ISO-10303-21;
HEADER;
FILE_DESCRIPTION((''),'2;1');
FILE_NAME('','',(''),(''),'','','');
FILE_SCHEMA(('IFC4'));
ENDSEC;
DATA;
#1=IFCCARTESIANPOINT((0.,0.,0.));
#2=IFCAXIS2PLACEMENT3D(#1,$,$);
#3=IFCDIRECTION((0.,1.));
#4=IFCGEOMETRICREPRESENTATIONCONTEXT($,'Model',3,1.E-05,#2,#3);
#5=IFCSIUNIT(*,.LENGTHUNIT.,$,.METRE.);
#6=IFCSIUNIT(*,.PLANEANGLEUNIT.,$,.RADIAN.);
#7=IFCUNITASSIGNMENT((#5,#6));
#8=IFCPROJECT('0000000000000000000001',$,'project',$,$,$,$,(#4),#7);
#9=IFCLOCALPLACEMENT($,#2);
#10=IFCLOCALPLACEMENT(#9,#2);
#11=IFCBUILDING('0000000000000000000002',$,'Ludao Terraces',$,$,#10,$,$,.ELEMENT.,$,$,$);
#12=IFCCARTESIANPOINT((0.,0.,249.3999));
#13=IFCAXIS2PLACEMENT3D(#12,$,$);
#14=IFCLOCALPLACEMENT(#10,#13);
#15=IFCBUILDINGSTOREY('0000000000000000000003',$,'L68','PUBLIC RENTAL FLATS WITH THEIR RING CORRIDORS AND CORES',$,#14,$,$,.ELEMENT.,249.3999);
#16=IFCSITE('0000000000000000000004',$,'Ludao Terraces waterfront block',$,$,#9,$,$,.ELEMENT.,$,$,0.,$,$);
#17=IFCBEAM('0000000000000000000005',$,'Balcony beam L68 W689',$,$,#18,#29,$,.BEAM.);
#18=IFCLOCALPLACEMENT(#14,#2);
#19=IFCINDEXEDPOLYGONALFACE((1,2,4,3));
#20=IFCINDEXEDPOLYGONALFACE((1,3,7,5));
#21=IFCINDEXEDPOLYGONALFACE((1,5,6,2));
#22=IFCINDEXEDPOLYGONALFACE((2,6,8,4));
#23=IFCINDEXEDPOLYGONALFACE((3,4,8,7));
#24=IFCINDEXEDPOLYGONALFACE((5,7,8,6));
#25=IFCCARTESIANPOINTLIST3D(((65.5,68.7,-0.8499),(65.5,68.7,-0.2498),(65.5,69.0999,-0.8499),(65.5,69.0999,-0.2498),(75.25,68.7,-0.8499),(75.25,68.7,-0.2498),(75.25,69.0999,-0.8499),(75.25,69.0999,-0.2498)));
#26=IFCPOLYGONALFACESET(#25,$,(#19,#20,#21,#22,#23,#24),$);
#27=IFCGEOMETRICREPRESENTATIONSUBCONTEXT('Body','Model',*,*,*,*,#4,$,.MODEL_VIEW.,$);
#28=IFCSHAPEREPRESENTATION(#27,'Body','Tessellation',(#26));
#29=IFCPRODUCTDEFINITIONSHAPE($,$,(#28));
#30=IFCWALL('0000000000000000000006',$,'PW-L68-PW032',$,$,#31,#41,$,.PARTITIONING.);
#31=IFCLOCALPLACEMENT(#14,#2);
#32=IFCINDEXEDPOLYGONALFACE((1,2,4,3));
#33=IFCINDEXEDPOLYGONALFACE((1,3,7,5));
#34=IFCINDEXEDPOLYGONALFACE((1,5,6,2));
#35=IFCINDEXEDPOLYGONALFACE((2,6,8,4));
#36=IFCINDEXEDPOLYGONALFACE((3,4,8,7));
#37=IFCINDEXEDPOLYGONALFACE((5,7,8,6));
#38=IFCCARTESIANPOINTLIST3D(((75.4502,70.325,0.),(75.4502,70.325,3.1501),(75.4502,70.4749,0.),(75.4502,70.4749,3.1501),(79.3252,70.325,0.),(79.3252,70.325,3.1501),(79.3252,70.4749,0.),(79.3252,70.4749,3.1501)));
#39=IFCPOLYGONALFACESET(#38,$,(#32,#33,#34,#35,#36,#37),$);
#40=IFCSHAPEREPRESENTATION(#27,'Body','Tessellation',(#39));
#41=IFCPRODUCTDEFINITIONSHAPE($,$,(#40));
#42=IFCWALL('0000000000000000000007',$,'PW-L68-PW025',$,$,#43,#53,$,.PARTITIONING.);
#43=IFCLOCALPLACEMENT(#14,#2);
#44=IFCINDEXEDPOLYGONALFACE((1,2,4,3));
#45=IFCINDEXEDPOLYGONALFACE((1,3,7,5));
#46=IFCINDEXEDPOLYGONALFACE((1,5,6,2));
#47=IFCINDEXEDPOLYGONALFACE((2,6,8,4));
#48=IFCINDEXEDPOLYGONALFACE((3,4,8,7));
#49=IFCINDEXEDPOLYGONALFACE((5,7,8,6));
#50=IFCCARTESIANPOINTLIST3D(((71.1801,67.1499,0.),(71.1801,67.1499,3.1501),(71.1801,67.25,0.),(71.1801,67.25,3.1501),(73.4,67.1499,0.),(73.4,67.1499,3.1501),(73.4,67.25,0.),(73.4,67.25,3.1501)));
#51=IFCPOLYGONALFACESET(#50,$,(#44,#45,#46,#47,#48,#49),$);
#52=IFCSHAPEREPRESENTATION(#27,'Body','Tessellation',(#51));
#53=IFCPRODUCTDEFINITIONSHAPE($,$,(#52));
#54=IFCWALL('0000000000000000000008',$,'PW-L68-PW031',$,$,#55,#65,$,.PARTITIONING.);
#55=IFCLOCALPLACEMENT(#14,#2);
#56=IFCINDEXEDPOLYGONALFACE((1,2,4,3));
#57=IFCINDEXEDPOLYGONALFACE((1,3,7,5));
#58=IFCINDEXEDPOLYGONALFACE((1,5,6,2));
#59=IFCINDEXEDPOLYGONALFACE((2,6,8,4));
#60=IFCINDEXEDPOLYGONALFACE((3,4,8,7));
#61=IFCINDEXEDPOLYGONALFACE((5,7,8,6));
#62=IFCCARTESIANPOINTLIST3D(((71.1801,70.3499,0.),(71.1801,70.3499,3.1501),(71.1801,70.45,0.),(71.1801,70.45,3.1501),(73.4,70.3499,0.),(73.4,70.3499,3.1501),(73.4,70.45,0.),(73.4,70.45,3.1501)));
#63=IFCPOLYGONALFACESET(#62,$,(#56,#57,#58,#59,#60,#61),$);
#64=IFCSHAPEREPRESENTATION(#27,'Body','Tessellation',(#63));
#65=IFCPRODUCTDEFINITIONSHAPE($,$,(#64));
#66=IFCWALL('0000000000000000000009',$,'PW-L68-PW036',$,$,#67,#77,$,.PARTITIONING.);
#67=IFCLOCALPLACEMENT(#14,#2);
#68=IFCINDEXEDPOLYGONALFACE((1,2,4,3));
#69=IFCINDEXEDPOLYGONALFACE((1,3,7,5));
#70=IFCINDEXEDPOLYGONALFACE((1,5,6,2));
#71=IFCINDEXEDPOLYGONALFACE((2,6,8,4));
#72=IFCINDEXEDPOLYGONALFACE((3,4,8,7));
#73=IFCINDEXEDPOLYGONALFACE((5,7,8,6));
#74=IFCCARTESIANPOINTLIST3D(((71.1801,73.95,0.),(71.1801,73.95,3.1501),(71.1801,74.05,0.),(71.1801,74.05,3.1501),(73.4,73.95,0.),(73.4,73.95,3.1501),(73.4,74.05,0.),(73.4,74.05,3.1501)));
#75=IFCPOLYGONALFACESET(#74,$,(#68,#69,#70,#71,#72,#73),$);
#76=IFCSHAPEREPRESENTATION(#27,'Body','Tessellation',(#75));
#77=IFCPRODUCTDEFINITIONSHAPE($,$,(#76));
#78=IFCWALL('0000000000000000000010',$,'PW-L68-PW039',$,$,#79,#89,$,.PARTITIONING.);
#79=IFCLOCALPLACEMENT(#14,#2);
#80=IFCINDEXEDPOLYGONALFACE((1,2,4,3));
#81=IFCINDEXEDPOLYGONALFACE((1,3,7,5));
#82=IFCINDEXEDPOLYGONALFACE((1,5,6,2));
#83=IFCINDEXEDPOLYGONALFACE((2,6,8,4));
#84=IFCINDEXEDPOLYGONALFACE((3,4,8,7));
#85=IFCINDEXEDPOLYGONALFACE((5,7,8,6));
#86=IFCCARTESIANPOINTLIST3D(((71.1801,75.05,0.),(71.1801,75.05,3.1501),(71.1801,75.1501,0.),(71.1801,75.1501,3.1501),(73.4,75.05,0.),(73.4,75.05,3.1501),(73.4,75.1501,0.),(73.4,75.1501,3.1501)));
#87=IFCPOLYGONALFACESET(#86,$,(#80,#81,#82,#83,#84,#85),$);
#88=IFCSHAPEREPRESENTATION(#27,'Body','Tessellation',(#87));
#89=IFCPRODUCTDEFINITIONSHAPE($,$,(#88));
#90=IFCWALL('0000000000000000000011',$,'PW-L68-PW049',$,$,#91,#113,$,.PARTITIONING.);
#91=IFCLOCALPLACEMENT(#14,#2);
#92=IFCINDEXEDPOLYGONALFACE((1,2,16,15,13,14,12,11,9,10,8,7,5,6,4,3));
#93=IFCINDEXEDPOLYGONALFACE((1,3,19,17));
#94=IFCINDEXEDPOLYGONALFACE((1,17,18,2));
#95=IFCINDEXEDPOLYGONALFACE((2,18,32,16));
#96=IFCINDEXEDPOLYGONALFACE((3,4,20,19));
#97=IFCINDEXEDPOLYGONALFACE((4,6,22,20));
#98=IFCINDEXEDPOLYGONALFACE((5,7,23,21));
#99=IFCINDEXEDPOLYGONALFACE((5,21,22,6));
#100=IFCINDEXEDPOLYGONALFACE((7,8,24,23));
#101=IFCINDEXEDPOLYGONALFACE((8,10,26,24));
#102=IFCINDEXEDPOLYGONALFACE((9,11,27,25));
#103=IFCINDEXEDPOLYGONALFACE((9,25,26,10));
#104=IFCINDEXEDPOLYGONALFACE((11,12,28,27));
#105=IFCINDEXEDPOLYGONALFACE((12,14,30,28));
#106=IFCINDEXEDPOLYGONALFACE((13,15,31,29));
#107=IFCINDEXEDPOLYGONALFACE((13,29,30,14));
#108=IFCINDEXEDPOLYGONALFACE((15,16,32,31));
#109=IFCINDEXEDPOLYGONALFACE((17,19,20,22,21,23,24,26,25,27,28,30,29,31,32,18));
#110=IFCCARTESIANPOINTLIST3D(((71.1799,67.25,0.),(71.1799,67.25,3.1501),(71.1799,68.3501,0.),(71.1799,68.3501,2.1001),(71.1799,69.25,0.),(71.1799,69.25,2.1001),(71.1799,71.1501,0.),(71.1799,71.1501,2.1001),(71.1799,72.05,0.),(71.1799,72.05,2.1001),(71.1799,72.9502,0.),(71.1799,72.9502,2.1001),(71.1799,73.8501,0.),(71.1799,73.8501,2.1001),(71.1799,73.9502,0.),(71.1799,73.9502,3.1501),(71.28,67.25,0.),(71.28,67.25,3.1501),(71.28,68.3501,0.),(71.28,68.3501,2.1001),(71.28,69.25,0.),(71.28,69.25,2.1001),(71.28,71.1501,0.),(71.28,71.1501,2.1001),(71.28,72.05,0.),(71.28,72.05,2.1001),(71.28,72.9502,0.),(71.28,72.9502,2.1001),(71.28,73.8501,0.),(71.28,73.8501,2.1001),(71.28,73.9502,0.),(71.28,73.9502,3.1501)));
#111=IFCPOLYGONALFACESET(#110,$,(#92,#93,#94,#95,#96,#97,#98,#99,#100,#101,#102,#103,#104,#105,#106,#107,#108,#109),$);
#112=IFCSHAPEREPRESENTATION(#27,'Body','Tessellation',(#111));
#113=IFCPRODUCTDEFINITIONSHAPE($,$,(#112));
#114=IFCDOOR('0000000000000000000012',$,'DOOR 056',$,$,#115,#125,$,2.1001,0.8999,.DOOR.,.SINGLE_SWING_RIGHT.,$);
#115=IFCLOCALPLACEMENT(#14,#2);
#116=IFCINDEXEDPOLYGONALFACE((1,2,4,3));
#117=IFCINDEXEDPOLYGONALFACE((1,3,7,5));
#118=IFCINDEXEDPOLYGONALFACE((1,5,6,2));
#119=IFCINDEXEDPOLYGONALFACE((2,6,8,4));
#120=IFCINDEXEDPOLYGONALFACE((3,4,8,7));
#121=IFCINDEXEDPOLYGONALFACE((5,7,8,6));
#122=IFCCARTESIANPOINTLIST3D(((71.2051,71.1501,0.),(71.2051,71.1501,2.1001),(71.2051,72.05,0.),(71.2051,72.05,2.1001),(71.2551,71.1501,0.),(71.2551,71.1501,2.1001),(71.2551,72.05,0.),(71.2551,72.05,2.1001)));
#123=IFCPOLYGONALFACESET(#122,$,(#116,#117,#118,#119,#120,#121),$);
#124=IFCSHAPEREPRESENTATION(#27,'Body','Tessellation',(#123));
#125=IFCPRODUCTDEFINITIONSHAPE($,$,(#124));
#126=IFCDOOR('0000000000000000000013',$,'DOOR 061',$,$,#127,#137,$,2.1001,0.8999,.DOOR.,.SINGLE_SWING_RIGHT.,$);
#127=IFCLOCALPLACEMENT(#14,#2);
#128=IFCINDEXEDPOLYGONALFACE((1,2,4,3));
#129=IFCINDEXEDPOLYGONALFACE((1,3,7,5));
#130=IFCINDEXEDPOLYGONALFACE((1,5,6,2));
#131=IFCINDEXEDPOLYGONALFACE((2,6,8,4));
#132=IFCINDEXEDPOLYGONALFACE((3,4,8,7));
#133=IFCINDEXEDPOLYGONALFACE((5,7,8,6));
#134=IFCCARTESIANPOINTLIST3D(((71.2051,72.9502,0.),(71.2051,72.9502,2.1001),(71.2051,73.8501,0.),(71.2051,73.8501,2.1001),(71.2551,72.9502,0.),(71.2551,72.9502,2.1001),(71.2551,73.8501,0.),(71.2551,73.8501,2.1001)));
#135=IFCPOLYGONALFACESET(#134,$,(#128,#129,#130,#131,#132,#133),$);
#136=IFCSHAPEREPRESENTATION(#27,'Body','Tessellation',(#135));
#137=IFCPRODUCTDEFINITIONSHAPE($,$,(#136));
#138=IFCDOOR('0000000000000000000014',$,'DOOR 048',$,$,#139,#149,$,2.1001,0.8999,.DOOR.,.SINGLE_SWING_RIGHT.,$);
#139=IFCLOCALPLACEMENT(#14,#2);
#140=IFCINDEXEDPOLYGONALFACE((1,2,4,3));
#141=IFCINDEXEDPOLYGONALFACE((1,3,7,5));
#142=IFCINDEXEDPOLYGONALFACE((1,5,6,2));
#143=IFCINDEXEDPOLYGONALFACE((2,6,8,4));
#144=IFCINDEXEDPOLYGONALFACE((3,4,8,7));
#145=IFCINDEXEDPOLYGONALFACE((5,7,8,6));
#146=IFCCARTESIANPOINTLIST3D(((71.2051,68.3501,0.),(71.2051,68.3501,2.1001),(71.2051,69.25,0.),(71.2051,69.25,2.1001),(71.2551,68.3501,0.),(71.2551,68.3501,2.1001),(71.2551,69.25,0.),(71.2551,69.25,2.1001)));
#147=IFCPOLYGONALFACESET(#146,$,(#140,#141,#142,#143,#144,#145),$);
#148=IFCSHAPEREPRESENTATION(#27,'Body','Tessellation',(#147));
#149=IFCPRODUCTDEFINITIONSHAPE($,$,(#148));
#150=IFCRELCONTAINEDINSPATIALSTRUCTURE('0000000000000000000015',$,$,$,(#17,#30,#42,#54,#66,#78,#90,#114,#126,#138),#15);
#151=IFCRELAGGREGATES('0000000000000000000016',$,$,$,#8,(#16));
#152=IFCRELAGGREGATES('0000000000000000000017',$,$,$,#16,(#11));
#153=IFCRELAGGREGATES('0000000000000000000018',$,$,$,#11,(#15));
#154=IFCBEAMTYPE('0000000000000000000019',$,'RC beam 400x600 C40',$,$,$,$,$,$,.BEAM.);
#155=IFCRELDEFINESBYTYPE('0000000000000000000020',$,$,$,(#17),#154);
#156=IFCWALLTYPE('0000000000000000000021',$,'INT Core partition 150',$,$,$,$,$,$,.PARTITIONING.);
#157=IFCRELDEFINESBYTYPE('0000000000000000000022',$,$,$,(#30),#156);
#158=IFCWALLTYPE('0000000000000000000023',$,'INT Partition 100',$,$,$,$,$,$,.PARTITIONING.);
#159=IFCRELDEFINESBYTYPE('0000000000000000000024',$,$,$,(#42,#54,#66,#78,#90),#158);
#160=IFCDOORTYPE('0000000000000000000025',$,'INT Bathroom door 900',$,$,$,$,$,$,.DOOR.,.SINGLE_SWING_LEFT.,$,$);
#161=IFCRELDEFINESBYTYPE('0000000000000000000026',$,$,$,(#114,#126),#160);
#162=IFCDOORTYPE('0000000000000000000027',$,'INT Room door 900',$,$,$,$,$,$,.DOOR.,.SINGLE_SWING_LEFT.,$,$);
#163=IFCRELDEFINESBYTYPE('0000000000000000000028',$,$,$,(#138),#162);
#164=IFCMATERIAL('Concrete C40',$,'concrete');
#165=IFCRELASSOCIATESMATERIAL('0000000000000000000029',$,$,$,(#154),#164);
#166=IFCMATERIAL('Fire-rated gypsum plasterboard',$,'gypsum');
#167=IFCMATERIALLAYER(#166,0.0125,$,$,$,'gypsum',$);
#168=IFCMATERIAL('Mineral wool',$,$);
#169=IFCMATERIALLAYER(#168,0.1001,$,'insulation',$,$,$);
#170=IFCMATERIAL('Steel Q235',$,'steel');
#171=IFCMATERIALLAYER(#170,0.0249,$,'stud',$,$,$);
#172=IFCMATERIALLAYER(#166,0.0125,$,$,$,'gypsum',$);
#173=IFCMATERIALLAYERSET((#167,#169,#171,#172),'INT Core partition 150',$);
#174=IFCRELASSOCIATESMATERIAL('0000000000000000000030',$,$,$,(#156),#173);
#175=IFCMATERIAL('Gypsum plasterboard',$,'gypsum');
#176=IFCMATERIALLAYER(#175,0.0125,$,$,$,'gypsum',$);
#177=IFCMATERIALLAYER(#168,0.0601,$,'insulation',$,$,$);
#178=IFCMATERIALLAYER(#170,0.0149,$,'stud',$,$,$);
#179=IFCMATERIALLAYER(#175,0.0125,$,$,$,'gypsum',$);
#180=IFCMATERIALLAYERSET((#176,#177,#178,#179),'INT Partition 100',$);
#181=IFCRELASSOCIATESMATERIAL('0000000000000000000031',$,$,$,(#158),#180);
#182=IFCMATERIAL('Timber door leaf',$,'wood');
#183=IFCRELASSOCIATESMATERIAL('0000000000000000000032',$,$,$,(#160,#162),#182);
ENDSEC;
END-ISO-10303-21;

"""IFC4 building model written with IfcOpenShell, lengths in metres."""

from ifc_helpers import new_model, si_unit, direction, frame, frame_2d, origin, origin_2d, place, context, subcontext, project, spatial, rectangle, extrude, material, layer, layer_set, material_profile, profile_set, type_object, element, fill, save


model = new_model("IFC4")

# Units and contexts
model_context = context("Model", 3, precision=1e-05, world=origin(), true_north=direction((0.0, 1.0)))
body_context = subcontext(model_context, "Body", "Model", "MODEL_VIEW")
ifc_project = project(units=[si_unit("LENGTHUNIT", "METRE"), si_unit("PLANEANGLEUNIT", "RADIAN")], contexts=[model_context])

# Site, building, storey
site_placement = place(None, origin())
site = spatial("IfcSite", under=ifc_project, at=site_placement, Name="Ludao Terraces waterfront block", CompositionType="ELEMENT", RefElevation=0.0)
building_placement = place(site_placement, origin())
building = spatial("IfcBuilding", under=site, at=building_placement, Name="Ludao Terraces", CompositionType="ELEMENT")
storey_placement = place(building_placement, frame((0.0, 0.0, 249.3999)))
storey = spatial("IfcBuildingStorey", under=building, at=storey_placement, Name="L68", Description="PUBLIC RENTAL FLATS WITH THEIR RING CORRIDORS AND CORES", CompositionType="ELEMENT", Elevation=249.3999)

# Beam
ifc_material_1 = material(Name="Concrete C40", Category="concrete")
ifc_material_profile = material_profile(ifc_material_1, rectangle(XDim=0.3999, YDim=0.6001, at=origin_2d()), Name="400 X 600")
ifc_profile_set = profile_set([ifc_material_profile], Name="Concrete C40")
beam_type = type_object("IfcBeamType", Name="RC beam 400x600 C40", PredefinedType="BEAM", material=ifc_profile_set)
beam_placement = place(storey_placement, frame((75.25, 68.8999, -0.5498), z_axis=(-1.0, 0.0, 0.0), x_axis=(0.0, -1.0, 0.0)))
element("IfcBeam", 1, at=beam_placement, inside=storey, type_object=beam_type, Name="Balcony beam L68 W689", PredefinedType="BEAM", context=body_context, shape_type="SweptSolid", body=[
    extrude(rectangle(XDim=0.3999, YDim=0.6001, at=origin_2d()), origin(), (0.0, 0.0, 1.0), 9.75),
])

# Walls
ifc_material_2 = material(Name="Fire-rated gypsum plasterboard", Category="gypsum")
ifc_layer_1 = layer(ifc_material_2, 0.0125, Category="gypsum")
ifc_material_3 = material(Name="Mineral wool")
ifc_layer_2 = layer(ifc_material_3, 0.1001, Name="insulation")
ifc_material_4 = material(Name="Steel Q235", Category="steel")
ifc_layer_3 = layer(ifc_material_4, 0.0249, Name="stud")
ifc_layer_4 = layer(ifc_material_2, 0.0125, Category="gypsum")
ifc_layer_set_1 = layer_set([ifc_layer_1, ifc_layer_2, ifc_layer_3, ifc_layer_4], Name="INT Core partition 150")
wall_type_1 = type_object("IfcWallType", Name="INT Core partition 150", PredefinedType="PARTITIONING", material=ifc_layer_set_1)
wall_1_placement = place(storey_placement, frame((75.4502, 70.3999, 0.0), z_axis=(0.0, 0.0, 1.0), x_axis=(1.0, 0.0, 0.0)))
element("IfcWall", 2, at=wall_1_placement, inside=storey, type_object=wall_type_1, Name="PW-L68-PW032", PredefinedType="PARTITIONING", context=body_context, shape_type="SweptSolid", body=[
    extrude(rectangle(XDim=3.875, YDim=0.1499, at=frame_2d((1.9375, 0.0))), origin(), (0.0, 0.0, 1.0), 3.1501),
])
ifc_material_5 = material(Name="Gypsum plasterboard", Category="gypsum")
ifc_layer_5 = layer(ifc_material_5, 0.0125, Category="gypsum")
ifc_layer_6 = layer(ifc_material_3, 0.0601, Name="insulation")
ifc_layer_7 = layer(ifc_material_4, 0.0149, Name="stud")
ifc_layer_8 = layer(ifc_material_5, 0.0125, Category="gypsum")
ifc_layer_set_2 = layer_set([ifc_layer_5, ifc_layer_6, ifc_layer_7, ifc_layer_8], Name="INT Partition 100")
wall_type_2 = type_object("IfcWallType", Name="INT Partition 100", PredefinedType="PARTITIONING", material=ifc_layer_set_2)
for number, where, z_axis, x_axis, name in (
    (3, (71.1802, 67.2, 0.0), (0.0, 0.0, 1.0), (1.0, 0.0, 0.0), "PW-L68-PW025"),
    (4, (71.1802, 70.3999, 0.0), (0.0, 0.0, 1.0), (1.0, 0.0, 0.0), "PW-L68-PW031"),
    (5, (71.1802, 74.0, 0.0), (0.0, 0.0, 1.0), (1.0, 0.0, 0.0), "PW-L68-PW036"),
    (6, (71.1802, 75.1001, 0.0), (0.0, 0.0, 1.0), (1.0, 0.0, 0.0), "PW-L68-PW039"),
):
    element("IfcWall", number, at=place(storey_placement, frame(where, z_axis=z_axis, x_axis=x_axis)), inside=storey, type_object=wall_type_2, Name=name, PredefinedType="PARTITIONING", context=body_context, shape_type="SweptSolid", body=[
        extrude(rectangle(XDim=2.22, YDim=0.1001, at=frame_2d((1.1099, 0.0))), origin(), (0.0, 0.0, 1.0), 3.1501),
    ])

# Wall, openings, doors
wall_2_placement = place(storey_placement, frame((71.23, 67.25, 0.0), z_axis=(0.0, 0.0, 1.0), x_axis=(0.0, 1.0, 0.0)))
wall_2 = element("IfcWall", 7, at=wall_2_placement, inside=storey, type_object=wall_type_2, Name="PW-L68-PW049", PredefinedType="PARTITIONING", context=body_context, shape_type="SweptSolid", body=[
    extrude(rectangle(XDim=6.7002, YDim=0.1001, at=frame_2d((3.3501, 0.0))), origin(), (0.0, 0.0, 1.0), 3.1501),
])
opening_1_placement = place(wall_2_placement, frame((1.1001, 0.0, 0.0)))
opening_1 = element("IfcOpeningElement", 8, at=opening_1_placement, cuts=wall_2, PredefinedType="OPENING", context=body_context, shape_type="SweptSolid", body=[
    extrude(rectangle(XDim=0.8999, YDim=2.1001, at=frame_2d((0.45, 1.05))), frame((0.0, 0.0601, 0.0), z_axis=(0.0, -1.0, 0.0), x_axis=(1.0, 0.0, 0.0)), (0.0, 0.0, 1.0), 0.1201),
])
opening_2_placement = place(wall_2_placement, frame((3.9001, 0.0, 0.0)))
opening_2 = element("IfcOpeningElement", 9, at=opening_2_placement, cuts=wall_2, PredefinedType="OPENING", context=body_context, shape_type="SweptSolid", body=[
    extrude(rectangle(XDim=0.8999, YDim=2.1001, at=frame_2d((0.45, 1.05))), frame((0.0, 0.0601, 0.0), z_axis=(0.0, -1.0, 0.0), x_axis=(1.0, 0.0, 0.0)), (0.0, 0.0, 1.0), 0.1201),
])
opening_3_placement = place(wall_2_placement, frame((5.7002, 0.0, 0.0)))
opening_3 = element("IfcOpeningElement", 10, at=opening_3_placement, cuts=wall_2, PredefinedType="OPENING", context=body_context, shape_type="SweptSolid", body=[
    extrude(rectangle(XDim=0.8999, YDim=2.1001, at=frame_2d((0.45, 1.05))), frame((0.0, 0.0601, 0.0), z_axis=(0.0, -1.0, 0.0), x_axis=(1.0, 0.0, 0.0)), (0.0, 0.0, 1.0), 0.1201),
])
ifc_material_6 = material(Name="Timber door leaf", Category="wood")
door_type_1 = type_object("IfcDoorType", Name="INT Bathroom door 900", OperationType="SINGLE_SWING_LEFT", PredefinedType="DOOR", material=ifc_material_6)
door_1_placement = place(opening_2_placement, origin())
door_1 = element("IfcDoor", 11, at=door_1_placement, inside=storey, type_object=door_type_1, Name="DOOR 056", OperationType="SINGLE_SWING_RIGHT", OverallHeight=2.1001, OverallWidth=0.8999, PredefinedType="DOOR", context=body_context, shape_type="SweptSolid", body=[
    extrude(rectangle(XDim=0.8999, YDim=2.1001, at=frame_2d((0.45, 1.05))), frame((0.0, 0.0249, 0.0), z_axis=(0.0, -1.0, 0.0), x_axis=(1.0, 0.0, 0.0)), (0.0, 0.0, 1.0), 0.05),
])
fill(opening_2, door_1)
door_2_placement = place(opening_3_placement, origin())
door_2 = element("IfcDoor", 12, at=door_2_placement, inside=storey, type_object=door_type_1, Name="DOOR 061", OperationType="SINGLE_SWING_RIGHT", OverallHeight=2.1001, OverallWidth=0.8999, PredefinedType="DOOR", context=body_context, shape_type="SweptSolid", body=[
    extrude(rectangle(XDim=0.8999, YDim=2.1001, at=frame_2d((0.45, 1.05))), frame((0.0, 0.0249, 0.0), z_axis=(0.0, -1.0, 0.0), x_axis=(1.0, 0.0, 0.0)), (0.0, 0.0, 1.0), 0.05),
])
fill(opening_3, door_2)
door_type_2 = type_object("IfcDoorType", Name="INT Room door 900", OperationType="SINGLE_SWING_LEFT", PredefinedType="DOOR", material=ifc_material_6)
door_3_placement = place(opening_1_placement, origin())
door_3 = element("IfcDoor", 13, at=door_3_placement, inside=storey, type_object=door_type_2, Name="DOOR 048", OperationType="SINGLE_SWING_RIGHT", OverallHeight=2.1001, OverallWidth=0.8999, PredefinedType="DOOR", context=body_context, shape_type="SweptSolid", body=[
    extrude(rectangle(XDim=0.8999, YDim=2.1001, at=frame_2d((0.45, 1.05))), frame((0.0, 0.0249, 0.0), z_axis=(0.0, -1.0, 0.0), x_axis=(1.0, 0.0, 0.0)), (0.0, 0.0, 1.0), 0.05),
])
fill(opening_1, door_3)

save(model, "model.ifc")
